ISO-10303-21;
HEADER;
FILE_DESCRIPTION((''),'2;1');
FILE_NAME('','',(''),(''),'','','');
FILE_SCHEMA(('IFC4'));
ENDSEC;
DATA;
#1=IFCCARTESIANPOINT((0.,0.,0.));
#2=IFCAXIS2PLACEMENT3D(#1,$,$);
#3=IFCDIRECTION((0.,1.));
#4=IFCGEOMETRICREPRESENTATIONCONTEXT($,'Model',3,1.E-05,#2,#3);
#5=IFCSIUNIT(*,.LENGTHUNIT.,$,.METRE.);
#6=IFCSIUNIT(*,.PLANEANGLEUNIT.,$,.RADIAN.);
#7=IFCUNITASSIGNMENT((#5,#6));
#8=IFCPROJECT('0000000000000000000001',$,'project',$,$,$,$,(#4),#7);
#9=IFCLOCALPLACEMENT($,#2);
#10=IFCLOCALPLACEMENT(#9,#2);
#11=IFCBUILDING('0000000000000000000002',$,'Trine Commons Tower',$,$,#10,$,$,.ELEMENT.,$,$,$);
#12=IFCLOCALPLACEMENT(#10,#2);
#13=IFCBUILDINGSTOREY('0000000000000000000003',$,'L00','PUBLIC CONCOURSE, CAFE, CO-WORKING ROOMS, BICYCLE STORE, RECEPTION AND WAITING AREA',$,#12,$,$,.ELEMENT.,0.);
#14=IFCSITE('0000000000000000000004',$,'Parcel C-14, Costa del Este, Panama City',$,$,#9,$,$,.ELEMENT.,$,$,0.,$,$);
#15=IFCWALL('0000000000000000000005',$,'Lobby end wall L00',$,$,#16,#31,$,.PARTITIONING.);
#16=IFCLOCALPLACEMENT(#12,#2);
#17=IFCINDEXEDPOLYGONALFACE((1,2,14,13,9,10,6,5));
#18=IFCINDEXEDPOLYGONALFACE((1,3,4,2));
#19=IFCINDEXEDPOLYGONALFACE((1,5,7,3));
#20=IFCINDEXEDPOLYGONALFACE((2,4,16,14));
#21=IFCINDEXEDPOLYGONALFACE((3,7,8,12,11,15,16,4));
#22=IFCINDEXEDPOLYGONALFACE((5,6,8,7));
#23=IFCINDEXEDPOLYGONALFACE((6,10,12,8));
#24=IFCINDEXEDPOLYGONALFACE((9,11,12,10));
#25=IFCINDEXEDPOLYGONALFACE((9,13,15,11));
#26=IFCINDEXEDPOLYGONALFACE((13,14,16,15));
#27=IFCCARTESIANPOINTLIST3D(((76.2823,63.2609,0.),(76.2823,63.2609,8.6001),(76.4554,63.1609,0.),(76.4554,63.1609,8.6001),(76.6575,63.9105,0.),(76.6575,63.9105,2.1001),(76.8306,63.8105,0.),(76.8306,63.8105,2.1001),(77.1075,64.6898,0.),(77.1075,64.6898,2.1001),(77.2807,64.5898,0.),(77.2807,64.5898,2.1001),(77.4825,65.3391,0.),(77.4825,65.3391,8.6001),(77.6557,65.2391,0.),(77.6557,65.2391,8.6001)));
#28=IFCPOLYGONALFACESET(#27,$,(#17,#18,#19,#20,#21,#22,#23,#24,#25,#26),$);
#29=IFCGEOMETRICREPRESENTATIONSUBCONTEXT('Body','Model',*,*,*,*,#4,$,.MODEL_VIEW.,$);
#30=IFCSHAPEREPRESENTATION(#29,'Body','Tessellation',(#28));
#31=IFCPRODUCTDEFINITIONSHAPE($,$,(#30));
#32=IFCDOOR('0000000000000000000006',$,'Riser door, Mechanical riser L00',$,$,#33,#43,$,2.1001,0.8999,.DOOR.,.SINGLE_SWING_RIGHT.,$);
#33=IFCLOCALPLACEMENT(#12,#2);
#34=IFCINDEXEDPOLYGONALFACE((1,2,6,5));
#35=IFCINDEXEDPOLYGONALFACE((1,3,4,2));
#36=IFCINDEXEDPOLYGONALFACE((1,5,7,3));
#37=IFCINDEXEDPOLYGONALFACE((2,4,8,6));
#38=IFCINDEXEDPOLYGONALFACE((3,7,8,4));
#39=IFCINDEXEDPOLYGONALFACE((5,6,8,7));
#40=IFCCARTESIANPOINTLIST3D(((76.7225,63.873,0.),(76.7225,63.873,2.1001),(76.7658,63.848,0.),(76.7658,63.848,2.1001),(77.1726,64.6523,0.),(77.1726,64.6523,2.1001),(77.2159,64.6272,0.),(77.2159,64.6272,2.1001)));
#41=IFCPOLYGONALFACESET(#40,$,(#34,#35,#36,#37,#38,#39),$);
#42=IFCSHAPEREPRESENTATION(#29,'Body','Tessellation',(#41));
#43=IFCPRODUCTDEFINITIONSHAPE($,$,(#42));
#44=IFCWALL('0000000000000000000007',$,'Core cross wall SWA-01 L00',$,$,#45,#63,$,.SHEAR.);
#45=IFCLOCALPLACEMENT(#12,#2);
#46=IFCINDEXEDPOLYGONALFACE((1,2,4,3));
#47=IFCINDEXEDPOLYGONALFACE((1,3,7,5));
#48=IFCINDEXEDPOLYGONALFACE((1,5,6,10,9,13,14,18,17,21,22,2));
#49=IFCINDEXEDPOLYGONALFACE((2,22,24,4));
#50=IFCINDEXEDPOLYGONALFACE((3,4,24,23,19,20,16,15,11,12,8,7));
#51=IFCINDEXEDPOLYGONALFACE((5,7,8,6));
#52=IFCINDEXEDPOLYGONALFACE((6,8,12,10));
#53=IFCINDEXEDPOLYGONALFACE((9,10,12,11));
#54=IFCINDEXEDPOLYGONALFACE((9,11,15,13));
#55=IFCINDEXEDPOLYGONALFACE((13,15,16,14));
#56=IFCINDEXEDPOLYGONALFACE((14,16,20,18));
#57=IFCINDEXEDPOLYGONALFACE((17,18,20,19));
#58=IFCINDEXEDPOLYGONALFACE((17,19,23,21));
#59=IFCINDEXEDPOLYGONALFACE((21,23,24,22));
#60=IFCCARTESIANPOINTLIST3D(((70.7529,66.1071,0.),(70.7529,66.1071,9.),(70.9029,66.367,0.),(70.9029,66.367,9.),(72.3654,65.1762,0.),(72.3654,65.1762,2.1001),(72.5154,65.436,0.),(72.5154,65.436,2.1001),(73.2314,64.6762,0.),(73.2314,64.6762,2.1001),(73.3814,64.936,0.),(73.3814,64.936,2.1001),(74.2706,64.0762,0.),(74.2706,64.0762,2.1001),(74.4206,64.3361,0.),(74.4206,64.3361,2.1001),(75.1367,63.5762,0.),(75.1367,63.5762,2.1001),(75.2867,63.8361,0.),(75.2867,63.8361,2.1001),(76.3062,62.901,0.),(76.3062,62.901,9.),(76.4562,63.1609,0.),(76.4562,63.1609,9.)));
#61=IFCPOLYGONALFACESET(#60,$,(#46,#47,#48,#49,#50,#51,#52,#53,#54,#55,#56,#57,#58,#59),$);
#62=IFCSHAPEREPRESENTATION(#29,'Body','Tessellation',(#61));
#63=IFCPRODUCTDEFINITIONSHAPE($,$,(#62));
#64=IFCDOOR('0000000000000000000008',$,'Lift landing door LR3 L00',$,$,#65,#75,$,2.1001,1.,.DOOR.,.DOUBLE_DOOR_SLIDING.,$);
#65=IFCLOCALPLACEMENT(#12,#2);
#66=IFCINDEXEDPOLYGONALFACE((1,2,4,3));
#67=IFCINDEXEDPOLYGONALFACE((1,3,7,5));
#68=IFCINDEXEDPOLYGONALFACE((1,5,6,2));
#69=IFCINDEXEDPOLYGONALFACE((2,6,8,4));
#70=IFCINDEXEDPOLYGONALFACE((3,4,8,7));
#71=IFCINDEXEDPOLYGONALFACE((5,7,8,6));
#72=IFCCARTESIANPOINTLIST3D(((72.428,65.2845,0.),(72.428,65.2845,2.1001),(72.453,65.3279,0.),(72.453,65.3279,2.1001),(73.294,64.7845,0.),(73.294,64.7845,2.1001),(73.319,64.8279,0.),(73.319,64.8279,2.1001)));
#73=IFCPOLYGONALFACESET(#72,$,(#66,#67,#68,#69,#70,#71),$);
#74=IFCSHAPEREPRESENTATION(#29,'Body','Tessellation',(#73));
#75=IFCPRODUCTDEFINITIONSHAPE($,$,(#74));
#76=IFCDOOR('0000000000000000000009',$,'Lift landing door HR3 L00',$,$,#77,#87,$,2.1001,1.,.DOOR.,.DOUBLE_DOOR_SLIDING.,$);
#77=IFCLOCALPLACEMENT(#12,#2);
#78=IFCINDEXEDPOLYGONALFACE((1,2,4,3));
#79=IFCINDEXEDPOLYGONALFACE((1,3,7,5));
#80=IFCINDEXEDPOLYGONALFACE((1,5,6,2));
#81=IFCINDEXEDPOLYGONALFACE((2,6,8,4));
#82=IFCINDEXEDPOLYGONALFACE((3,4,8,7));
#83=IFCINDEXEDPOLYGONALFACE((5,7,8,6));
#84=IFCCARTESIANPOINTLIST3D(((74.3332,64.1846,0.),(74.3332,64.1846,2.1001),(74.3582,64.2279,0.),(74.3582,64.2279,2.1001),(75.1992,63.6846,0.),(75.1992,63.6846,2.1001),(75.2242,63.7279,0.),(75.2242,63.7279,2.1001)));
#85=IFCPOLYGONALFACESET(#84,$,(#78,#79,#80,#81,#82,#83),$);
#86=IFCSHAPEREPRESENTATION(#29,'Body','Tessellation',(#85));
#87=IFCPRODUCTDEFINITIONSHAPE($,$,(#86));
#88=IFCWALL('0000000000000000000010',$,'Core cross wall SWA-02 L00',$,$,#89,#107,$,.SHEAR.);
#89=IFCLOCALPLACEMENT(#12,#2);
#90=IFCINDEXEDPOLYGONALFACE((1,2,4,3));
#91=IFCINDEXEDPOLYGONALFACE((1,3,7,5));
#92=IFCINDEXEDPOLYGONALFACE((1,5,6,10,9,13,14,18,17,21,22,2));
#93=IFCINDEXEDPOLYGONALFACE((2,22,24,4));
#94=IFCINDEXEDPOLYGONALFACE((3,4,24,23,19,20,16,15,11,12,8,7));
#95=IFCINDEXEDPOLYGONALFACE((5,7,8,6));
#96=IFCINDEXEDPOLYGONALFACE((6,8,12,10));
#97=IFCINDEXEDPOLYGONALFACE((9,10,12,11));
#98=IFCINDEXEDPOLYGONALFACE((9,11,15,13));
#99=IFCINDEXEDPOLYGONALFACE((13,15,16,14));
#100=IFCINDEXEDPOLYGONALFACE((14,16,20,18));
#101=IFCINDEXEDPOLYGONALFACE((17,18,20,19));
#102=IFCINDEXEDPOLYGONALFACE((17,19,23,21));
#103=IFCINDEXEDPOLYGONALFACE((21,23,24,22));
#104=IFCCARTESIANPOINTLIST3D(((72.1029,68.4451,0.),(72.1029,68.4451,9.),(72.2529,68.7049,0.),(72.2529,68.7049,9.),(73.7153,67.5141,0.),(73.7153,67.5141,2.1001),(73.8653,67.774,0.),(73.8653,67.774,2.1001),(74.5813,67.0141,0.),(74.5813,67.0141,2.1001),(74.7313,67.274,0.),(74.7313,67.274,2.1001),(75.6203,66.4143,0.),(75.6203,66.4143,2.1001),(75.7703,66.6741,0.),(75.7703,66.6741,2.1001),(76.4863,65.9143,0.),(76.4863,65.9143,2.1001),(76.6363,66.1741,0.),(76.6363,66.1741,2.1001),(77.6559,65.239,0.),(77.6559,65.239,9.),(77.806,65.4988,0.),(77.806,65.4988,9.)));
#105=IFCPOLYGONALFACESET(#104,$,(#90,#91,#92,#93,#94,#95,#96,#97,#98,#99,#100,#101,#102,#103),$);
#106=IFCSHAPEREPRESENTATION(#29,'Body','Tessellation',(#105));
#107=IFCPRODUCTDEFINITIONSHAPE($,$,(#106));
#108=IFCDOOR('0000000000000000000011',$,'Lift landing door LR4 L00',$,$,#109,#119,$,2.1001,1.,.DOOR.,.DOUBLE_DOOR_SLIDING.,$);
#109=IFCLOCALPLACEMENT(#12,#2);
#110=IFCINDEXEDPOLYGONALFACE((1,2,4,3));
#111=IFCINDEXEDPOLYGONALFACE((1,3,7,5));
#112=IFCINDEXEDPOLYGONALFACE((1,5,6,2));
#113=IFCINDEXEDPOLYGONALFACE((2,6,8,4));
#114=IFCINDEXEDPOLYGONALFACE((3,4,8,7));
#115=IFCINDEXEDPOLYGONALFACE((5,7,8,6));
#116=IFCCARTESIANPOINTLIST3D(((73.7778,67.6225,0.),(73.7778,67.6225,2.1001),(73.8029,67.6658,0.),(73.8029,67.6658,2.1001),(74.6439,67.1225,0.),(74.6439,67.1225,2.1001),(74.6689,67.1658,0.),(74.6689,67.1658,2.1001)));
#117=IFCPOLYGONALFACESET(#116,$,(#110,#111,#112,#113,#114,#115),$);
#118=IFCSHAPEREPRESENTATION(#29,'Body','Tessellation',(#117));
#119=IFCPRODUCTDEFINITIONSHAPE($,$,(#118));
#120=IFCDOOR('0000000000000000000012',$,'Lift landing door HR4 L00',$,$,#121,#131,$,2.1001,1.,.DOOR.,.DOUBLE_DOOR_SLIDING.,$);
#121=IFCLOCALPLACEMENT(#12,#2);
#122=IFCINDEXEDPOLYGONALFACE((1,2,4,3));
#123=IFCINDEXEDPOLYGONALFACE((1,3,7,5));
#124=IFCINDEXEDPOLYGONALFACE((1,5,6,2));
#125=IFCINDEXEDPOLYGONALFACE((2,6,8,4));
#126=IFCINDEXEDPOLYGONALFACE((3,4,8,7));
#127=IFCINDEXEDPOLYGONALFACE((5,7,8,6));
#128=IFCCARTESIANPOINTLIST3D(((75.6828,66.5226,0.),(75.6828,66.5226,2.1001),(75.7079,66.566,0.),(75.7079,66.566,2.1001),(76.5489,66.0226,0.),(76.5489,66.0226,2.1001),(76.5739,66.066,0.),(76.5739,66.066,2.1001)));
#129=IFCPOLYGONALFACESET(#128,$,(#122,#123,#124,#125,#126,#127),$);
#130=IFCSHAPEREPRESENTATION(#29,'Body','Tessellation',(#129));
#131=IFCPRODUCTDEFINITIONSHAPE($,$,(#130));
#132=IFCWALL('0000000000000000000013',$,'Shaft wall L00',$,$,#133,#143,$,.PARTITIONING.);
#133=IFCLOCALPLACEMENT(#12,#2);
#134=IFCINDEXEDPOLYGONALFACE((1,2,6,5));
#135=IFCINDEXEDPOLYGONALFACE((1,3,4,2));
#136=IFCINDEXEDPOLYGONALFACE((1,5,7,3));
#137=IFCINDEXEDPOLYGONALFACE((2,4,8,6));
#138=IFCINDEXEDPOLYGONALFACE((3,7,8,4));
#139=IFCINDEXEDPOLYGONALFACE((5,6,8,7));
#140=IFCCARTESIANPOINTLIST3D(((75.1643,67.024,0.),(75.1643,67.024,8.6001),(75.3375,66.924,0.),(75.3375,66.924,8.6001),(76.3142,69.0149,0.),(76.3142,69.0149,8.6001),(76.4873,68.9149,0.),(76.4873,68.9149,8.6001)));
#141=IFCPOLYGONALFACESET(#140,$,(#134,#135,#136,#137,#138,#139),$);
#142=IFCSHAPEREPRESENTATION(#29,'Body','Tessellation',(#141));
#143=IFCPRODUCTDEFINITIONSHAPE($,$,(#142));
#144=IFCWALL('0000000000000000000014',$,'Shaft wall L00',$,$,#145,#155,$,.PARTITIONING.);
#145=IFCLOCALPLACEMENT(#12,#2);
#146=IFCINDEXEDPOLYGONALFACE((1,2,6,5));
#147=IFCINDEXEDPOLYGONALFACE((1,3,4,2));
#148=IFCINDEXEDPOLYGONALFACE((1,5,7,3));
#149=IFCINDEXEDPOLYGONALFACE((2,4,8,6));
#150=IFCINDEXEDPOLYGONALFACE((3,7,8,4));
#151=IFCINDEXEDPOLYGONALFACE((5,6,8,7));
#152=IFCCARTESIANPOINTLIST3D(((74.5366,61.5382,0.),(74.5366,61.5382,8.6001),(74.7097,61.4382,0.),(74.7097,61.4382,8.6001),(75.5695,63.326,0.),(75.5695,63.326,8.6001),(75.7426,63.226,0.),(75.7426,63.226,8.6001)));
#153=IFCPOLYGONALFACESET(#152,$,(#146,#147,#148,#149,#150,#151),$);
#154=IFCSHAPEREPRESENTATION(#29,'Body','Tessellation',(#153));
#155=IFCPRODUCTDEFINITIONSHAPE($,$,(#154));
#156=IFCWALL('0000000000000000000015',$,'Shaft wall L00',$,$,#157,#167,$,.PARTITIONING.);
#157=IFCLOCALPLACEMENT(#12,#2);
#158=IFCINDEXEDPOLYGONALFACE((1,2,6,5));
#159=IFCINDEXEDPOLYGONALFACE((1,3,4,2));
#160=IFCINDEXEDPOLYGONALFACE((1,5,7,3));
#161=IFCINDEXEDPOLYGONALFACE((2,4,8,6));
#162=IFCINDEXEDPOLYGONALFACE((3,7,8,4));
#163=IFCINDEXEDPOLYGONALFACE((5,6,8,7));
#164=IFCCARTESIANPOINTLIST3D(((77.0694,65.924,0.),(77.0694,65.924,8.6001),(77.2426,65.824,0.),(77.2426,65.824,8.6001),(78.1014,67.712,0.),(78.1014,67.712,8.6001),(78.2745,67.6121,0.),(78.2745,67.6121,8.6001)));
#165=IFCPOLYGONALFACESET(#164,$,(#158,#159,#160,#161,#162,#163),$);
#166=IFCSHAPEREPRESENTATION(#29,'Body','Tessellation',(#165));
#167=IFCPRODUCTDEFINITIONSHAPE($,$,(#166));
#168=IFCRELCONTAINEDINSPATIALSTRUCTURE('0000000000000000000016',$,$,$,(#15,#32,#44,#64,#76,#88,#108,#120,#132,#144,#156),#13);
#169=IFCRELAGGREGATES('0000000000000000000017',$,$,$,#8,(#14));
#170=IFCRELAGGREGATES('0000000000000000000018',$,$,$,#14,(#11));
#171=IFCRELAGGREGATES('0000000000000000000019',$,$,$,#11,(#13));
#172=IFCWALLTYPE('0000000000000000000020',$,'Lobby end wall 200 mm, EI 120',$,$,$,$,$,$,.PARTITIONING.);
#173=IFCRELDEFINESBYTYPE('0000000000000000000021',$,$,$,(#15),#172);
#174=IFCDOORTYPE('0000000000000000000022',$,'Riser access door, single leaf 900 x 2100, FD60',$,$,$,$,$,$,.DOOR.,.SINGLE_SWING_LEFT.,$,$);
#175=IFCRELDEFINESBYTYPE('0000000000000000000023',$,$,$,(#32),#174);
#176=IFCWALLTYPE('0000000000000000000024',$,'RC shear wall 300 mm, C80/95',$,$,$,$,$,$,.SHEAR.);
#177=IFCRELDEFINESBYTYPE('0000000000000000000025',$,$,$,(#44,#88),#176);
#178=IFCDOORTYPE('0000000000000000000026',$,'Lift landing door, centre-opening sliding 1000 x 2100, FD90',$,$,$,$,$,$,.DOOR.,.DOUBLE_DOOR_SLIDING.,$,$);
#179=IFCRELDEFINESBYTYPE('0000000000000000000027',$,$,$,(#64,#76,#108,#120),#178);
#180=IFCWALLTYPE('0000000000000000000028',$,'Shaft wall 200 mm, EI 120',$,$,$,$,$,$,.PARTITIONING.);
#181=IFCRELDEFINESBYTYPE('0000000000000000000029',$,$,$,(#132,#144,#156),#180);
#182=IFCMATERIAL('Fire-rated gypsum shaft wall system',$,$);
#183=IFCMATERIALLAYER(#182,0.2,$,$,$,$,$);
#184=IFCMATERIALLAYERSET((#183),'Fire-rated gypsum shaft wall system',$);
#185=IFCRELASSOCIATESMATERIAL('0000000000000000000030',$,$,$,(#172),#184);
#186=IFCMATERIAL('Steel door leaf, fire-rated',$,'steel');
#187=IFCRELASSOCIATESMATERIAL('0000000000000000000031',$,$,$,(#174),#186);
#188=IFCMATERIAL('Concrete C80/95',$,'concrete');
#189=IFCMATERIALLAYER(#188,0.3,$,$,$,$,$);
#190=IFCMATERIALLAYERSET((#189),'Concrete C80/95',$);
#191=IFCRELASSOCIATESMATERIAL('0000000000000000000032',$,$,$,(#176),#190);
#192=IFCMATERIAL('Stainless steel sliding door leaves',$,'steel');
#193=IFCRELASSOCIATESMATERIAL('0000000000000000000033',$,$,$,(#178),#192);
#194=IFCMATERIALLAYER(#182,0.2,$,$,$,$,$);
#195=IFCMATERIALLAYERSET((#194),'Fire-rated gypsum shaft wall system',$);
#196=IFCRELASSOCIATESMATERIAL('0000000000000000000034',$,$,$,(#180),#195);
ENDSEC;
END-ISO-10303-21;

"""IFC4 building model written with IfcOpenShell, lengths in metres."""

from ifc_helpers import new_model, si_unit, direction, frame, frame_2d, origin, place, context, subcontext, project, spatial, rectangle, extrude, material, layer, layer_set, type_object, element, fill, save


model = new_model("IFC4")

# Units and contexts
model_context = context("Model", 3, precision=1e-05, world=origin(), true_north=direction((0.0, 1.0)))
body_context = subcontext(model_context, "Body", "Model", "MODEL_VIEW")
ifc_project = project(units=[si_unit("LENGTHUNIT", "METRE"), si_unit("PLANEANGLEUNIT", "RADIAN")], contexts=[model_context])

# Site, building, storey
site_placement = place(None, origin())
site = spatial("IfcSite", under=ifc_project, at=site_placement, Name="Parcel C-14, Costa del Este, Panama City", CompositionType="ELEMENT", RefElevation=0.0)
building_placement = place(site_placement, origin())
building = spatial("IfcBuilding", under=site, at=building_placement, Name="Trine Commons Tower", CompositionType="ELEMENT")
storey_placement = place(building_placement, origin())
storey = spatial("IfcBuildingStorey", under=building, at=storey_placement, Name="L00", Description="PUBLIC CONCOURSE, CAFE, CO-WORKING ROOMS, BICYCLE STORE, RECEPTION AND WAITING AREA", CompositionType="ELEMENT", Elevation=0.0)

# Wall, opening, door
ifc_material_1 = material(Name="Fire-rated gypsum shaft wall system")
ifc_layer_1 = layer(ifc_material_1, 0.2)
ifc_layer_set_1 = layer_set([ifc_layer_1], Name="Fire-rated gypsum shaft wall system")
wall_type_1 = type_object("IfcWallType", Name="Lobby end wall 200 mm, EI 120", PredefinedType="PARTITIONING", material=ifc_layer_set_1)
wall_1_placement = place(storey_placement, frame((77.5691, 65.2891, 0.0), z_axis=(0.0, 0.0, 1.0), x_axis=(-0.500122, -0.865955, 0.0)))
wall_1 = element("IfcWall", 1, at=wall_1_placement, inside=storey, type_object=wall_type_1, Name="Lobby end wall L00", PredefinedType="PARTITIONING", context=body_context, shape_type="SweptSolid", body=[
    extrude(rectangle(XDim=2.3999, YDim=0.2, at=frame_2d((1.2, 0.0))), origin(), (0.0, 0.0, 1.0), 8.6001),
])
opening_1_placement = place(wall_1_placement, frame((0.7498, 0.0, 0.0)))
opening_1 = element("IfcOpeningElement", 2, at=opening_1_placement, cuts=wall_1, PredefinedType="OPENING", context=body_context, shape_type="SweptSolid", body=[
    extrude(rectangle(XDim=0.8999, YDim=2.1001, at=frame_2d((0.45, 1.05))), frame((0.0, 0.1099, 0.0), z_axis=(0.0, -1.0, 0.0), x_axis=(1.0, 0.0, 0.0)), (0.0, 0.0, 1.0), 0.22),
])
ifc_material_2 = material(Name="Steel door leaf, fire-rated", Category="steel")
door_type_1 = type_object("IfcDoorType", Name="Riser access door, single leaf 900 x 2100, FD60", OperationType="SINGLE_SWING_LEFT", PredefinedType="DOOR", material=ifc_material_2)
door_1_placement = place(opening_1_placement, frame((0.8999, 0.0, 0.0), z_axis=(0.0, 0.0, 1.0), x_axis=(-1.0, 0.0, 0.0)))
door_1 = element("IfcDoor", 3, at=door_1_placement, inside=storey, type_object=door_type_1, Name="Riser door, Mechanical riser L00", OperationType="SINGLE_SWING_RIGHT", OverallHeight=2.1001, OverallWidth=0.8999, PredefinedType="DOOR", context=body_context, shape_type="SweptSolid", body=[
    extrude(rectangle(XDim=0.8999, YDim=2.1001, at=frame_2d((0.45, 1.05))), frame((0.0, 0.0249, 0.0), z_axis=(0.0, -1.0, 0.0), x_axis=(1.0, 0.0, 0.0)), (0.0, 0.0, 1.0), 0.05),
])
fill(opening_1, door_1)

# Walls, openings, doors
ifc_material_3 = material(Name="Concrete C80/95", Category="concrete")
ifc_layer_2 = layer(ifc_material_3, 0.3)
ifc_layer_set_2 = layer_set([ifc_layer_2], Name="Concrete C80/95")
wall_type_2 = type_object("IfcWallType", Name="RC shear wall 300 mm, C80/95", PredefinedType="SHEAR", material=ifc_layer_set_2)
wall_2_placement = place(storey_placement, frame((76.3811, 63.031, 0.0), z_axis=(0.0, 0.0, 1.0), x_axis=(-0.866032, 0.499988, 0.0)))
wall_2 = element("IfcWall", 4, at=wall_2_placement, inside=storey, type_object=wall_type_2, Name="Core cross wall SWA-01 L00", PredefinedType="SHEAR", context=body_context, shape_type="SweptSolid", body=[
    extrude(rectangle(XDim=6.4124, YDim=0.3, at=frame_2d((3.2061, 0.0))), origin(), (0.0, 0.0, 1.0), 9.0),
])
opening_2_placement = place(wall_2_placement, frame((3.5503, 0.0, 0.0)))
opening_2 = element("IfcOpeningElement", 5, at=opening_2_placement, cuts=wall_2, PredefinedType="OPENING", context=body_context, shape_type="SweptSolid", body=[
    extrude(rectangle(XDim=1.0, YDim=2.1001, at=frame_2d((0.5, 1.05))), frame((0.0, 0.1599, 0.0), z_axis=(0.0, -1.0, 0.0), x_axis=(1.0, 0.0, 0.0)), (0.0, 0.0, 1.0), 0.3201),
])
opening_3_placement = place(wall_2_placement, frame((1.3503, 0.0, 0.0)))
opening_3 = element("IfcOpeningElement", 6, at=opening_3_placement, cuts=wall_2, PredefinedType="OPENING", context=body_context, shape_type="SweptSolid", body=[
    extrude(rectangle(XDim=1.0, YDim=2.1001, at=frame_2d((0.5, 1.05))), frame((0.0, 0.1599, 0.0), z_axis=(0.0, -1.0, 0.0), x_axis=(1.0, 0.0, 0.0)), (0.0, 0.0, 1.0), 0.3201),
])
ifc_material_4 = material(Name="Stainless steel sliding door leaves", Category="steel")
door_type_2 = type_object("IfcDoorType", Name="Lift landing door, centre-opening sliding 1000 x 2100, FD90", OperationType="DOUBLE_DOOR_SLIDING", PredefinedType="DOOR", material=ifc_material_4)
door_2_placement = place(opening_2_placement, origin())
door_2 = element("IfcDoor", 7, at=door_2_placement, inside=storey, type_object=door_type_2, Name="Lift landing door LR3 L00", OperationType="DOUBLE_DOOR_SLIDING", OverallHeight=2.1001, OverallWidth=1.0, PredefinedType="DOOR", context=body_context, shape_type="SweptSolid", body=[
    extrude(rectangle(XDim=1.0, YDim=2.1001, at=frame_2d((0.5, 1.05))), frame((0.0, 0.0249, 0.0), z_axis=(0.0, -1.0, 0.0), x_axis=(1.0, 0.0, 0.0)), (0.0, 0.0, 1.0), 0.05),
])
fill(opening_2, door_2)
door_3_placement = place(opening_3_placement, origin())
door_3 = element("IfcDoor", 8, at=door_3_placement, inside=storey, type_object=door_type_2, Name="Lift landing door HR3 L00", OperationType="DOUBLE_DOOR_SLIDING", OverallHeight=2.1001, OverallWidth=1.0, PredefinedType="DOOR", context=body_context, shape_type="SweptSolid", body=[
    extrude(rectangle(XDim=1.0, YDim=2.1001, at=frame_2d((0.5, 1.05))), frame((0.0, 0.0249, 0.0), z_axis=(0.0, -1.0, 0.0), x_axis=(1.0, 0.0, 0.0)), (0.0, 0.0, 1.0), 0.05),
])
fill(opening_3, door_3)
wall_3_placement = place(storey_placement, frame((77.731, 65.3689, 0.0), z_axis=(0.0, 0.0, 1.0), x_axis=(-0.866023, 0.500005, 0.0)))
wall_3 = element("IfcWall", 9, at=wall_3_placement, inside=storey, type_object=wall_type_2, Name="Core cross wall SWA-02 L00", PredefinedType="SHEAR", context=body_context, shape_type="SweptSolid", body=[
    extrude(rectangle(XDim=6.4121, YDim=0.3, at=frame_2d((3.2061, 0.0))), origin(), (0.0, 0.0, 1.0), 9.0),
])
opening_4_placement = place(wall_3_placement, frame((3.5503, 0.0, 0.0)))
opening_4 = element("IfcOpeningElement", 10, at=opening_4_placement, cuts=wall_3, PredefinedType="OPENING", context=body_context, shape_type="SweptSolid", body=[
    extrude(rectangle(XDim=1.0, YDim=2.1001, at=frame_2d((0.5, 1.05))), frame((0.0, 0.1599, 0.0), z_axis=(0.0, -1.0, 0.0), x_axis=(1.0, 0.0, 0.0)), (0.0, 0.0, 1.0), 0.3201),
])
opening_5_placement = place(wall_3_placement, frame((1.3506, 0.0, 0.0)))
opening_5 = element("IfcOpeningElement", 11, at=opening_5_placement, cuts=wall_3, PredefinedType="OPENING", context=body_context, shape_type="SweptSolid", body=[
    extrude(rectangle(XDim=1.0, YDim=2.1001, at=frame_2d((0.5, 1.05))), frame((0.0, 0.1599, 0.0), z_axis=(0.0, -1.0, 0.0), x_axis=(1.0, 0.0, 0.0)), (0.0, 0.0, 1.0), 0.3201),
])
door_4_placement = place(opening_4_placement, origin())
door_4 = element("IfcDoor", 12, at=door_4_placement, inside=storey, type_object=door_type_2, Name="Lift landing door LR4 L00", OperationType="DOUBLE_DOOR_SLIDING", OverallHeight=2.1001, OverallWidth=1.0, PredefinedType="DOOR", context=body_context, shape_type="SweptSolid", body=[
    extrude(rectangle(XDim=1.0, YDim=2.1001, at=frame_2d((0.5, 1.05))), frame((0.0, 0.0249, 0.0), z_axis=(0.0, -1.0, 0.0), x_axis=(1.0, 0.0, 0.0)), (0.0, 0.0, 1.0), 0.05),
])
fill(opening_4, door_4)
door_5_placement = place(opening_5_placement, origin())
door_5 = element("IfcDoor", 13, at=door_5_placement, inside=storey, type_object=door_type_2, Name="Lift landing door HR4 L00", OperationType="DOUBLE_DOOR_SLIDING", OverallHeight=2.1001, OverallWidth=1.0, PredefinedType="DOOR", context=body_context, shape_type="SweptSolid", body=[
    extrude(rectangle(XDim=1.0, YDim=2.1001, at=frame_2d((0.5, 1.05))), frame((0.0, 0.0249, 0.0), z_axis=(0.0, -1.0, 0.0), x_axis=(1.0, 0.0, 0.0)), (0.0, 0.0, 1.0), 0.05),
])
fill(opening_5, door_5)

# Walls
ifc_layer_3 = layer(ifc_material_1, 0.2)
ifc_layer_set_3 = layer_set([ifc_layer_3], Name="Fire-rated gypsum shaft wall system")
wall_type_3 = type_object("IfcWallType", Name="Shaft wall 200 mm, EI 120", PredefinedType="PARTITIONING", material=ifc_layer_set_3)
wall_4_placement = place(storey_placement, frame((75.251, 66.9741, 0.0), z_axis=(0.0, 0.0, 1.0), x_axis=(0.500136, 0.865947, 0.0)))
element("IfcWall", 14, at=wall_4_placement, inside=storey, type_object=wall_type_3, Name="Shaft wall L00", PredefinedType="PARTITIONING", context=body_context, shape_type="SweptSolid", body=[
    extrude(rectangle(XDim=2.2991, YDim=0.2, at=frame_2d((1.1494, 0.0))), origin(), (0.0, 0.0, 1.0), 8.6001),
])
wall_5_placement = place(storey_placement, frame((75.656, 63.2759, 0.0), z_axis=(0.0, 0.0, 1.0), x_axis=(-0.500272, -0.865868, 0.0)))
element("IfcWall", 15, at=wall_5_placement, inside=storey, type_object=wall_type_3, Name="Shaft wall L00", PredefinedType="PARTITIONING", context=body_context, shape_type="SweptSolid", body=[
    extrude(rectangle(XDim=2.0647, YDim=0.2, at=frame_2d((1.0322, 0.0))), origin(), (0.0, 0.0, 1.0), 8.6001),
])
wall_6_placement = place(storey_placement, frame((77.156, 65.874, 0.0), z_axis=(0.0, 0.0, 1.0), x_axis=(0.499866, 0.866103, 0.0)))
element("IfcWall", 16, at=wall_6_placement, inside=storey, type_object=wall_type_3, Name="Shaft wall L00", PredefinedType="PARTITIONING", context=body_context, shape_type="SweptSolid", body=[
    extrude(rectangle(XDim=2.0645, YDim=0.2, at=frame_2d((1.0322, 0.0))), origin(), (0.0, 0.0, 1.0), 8.6001),
])

save(model, "model.ifc")
